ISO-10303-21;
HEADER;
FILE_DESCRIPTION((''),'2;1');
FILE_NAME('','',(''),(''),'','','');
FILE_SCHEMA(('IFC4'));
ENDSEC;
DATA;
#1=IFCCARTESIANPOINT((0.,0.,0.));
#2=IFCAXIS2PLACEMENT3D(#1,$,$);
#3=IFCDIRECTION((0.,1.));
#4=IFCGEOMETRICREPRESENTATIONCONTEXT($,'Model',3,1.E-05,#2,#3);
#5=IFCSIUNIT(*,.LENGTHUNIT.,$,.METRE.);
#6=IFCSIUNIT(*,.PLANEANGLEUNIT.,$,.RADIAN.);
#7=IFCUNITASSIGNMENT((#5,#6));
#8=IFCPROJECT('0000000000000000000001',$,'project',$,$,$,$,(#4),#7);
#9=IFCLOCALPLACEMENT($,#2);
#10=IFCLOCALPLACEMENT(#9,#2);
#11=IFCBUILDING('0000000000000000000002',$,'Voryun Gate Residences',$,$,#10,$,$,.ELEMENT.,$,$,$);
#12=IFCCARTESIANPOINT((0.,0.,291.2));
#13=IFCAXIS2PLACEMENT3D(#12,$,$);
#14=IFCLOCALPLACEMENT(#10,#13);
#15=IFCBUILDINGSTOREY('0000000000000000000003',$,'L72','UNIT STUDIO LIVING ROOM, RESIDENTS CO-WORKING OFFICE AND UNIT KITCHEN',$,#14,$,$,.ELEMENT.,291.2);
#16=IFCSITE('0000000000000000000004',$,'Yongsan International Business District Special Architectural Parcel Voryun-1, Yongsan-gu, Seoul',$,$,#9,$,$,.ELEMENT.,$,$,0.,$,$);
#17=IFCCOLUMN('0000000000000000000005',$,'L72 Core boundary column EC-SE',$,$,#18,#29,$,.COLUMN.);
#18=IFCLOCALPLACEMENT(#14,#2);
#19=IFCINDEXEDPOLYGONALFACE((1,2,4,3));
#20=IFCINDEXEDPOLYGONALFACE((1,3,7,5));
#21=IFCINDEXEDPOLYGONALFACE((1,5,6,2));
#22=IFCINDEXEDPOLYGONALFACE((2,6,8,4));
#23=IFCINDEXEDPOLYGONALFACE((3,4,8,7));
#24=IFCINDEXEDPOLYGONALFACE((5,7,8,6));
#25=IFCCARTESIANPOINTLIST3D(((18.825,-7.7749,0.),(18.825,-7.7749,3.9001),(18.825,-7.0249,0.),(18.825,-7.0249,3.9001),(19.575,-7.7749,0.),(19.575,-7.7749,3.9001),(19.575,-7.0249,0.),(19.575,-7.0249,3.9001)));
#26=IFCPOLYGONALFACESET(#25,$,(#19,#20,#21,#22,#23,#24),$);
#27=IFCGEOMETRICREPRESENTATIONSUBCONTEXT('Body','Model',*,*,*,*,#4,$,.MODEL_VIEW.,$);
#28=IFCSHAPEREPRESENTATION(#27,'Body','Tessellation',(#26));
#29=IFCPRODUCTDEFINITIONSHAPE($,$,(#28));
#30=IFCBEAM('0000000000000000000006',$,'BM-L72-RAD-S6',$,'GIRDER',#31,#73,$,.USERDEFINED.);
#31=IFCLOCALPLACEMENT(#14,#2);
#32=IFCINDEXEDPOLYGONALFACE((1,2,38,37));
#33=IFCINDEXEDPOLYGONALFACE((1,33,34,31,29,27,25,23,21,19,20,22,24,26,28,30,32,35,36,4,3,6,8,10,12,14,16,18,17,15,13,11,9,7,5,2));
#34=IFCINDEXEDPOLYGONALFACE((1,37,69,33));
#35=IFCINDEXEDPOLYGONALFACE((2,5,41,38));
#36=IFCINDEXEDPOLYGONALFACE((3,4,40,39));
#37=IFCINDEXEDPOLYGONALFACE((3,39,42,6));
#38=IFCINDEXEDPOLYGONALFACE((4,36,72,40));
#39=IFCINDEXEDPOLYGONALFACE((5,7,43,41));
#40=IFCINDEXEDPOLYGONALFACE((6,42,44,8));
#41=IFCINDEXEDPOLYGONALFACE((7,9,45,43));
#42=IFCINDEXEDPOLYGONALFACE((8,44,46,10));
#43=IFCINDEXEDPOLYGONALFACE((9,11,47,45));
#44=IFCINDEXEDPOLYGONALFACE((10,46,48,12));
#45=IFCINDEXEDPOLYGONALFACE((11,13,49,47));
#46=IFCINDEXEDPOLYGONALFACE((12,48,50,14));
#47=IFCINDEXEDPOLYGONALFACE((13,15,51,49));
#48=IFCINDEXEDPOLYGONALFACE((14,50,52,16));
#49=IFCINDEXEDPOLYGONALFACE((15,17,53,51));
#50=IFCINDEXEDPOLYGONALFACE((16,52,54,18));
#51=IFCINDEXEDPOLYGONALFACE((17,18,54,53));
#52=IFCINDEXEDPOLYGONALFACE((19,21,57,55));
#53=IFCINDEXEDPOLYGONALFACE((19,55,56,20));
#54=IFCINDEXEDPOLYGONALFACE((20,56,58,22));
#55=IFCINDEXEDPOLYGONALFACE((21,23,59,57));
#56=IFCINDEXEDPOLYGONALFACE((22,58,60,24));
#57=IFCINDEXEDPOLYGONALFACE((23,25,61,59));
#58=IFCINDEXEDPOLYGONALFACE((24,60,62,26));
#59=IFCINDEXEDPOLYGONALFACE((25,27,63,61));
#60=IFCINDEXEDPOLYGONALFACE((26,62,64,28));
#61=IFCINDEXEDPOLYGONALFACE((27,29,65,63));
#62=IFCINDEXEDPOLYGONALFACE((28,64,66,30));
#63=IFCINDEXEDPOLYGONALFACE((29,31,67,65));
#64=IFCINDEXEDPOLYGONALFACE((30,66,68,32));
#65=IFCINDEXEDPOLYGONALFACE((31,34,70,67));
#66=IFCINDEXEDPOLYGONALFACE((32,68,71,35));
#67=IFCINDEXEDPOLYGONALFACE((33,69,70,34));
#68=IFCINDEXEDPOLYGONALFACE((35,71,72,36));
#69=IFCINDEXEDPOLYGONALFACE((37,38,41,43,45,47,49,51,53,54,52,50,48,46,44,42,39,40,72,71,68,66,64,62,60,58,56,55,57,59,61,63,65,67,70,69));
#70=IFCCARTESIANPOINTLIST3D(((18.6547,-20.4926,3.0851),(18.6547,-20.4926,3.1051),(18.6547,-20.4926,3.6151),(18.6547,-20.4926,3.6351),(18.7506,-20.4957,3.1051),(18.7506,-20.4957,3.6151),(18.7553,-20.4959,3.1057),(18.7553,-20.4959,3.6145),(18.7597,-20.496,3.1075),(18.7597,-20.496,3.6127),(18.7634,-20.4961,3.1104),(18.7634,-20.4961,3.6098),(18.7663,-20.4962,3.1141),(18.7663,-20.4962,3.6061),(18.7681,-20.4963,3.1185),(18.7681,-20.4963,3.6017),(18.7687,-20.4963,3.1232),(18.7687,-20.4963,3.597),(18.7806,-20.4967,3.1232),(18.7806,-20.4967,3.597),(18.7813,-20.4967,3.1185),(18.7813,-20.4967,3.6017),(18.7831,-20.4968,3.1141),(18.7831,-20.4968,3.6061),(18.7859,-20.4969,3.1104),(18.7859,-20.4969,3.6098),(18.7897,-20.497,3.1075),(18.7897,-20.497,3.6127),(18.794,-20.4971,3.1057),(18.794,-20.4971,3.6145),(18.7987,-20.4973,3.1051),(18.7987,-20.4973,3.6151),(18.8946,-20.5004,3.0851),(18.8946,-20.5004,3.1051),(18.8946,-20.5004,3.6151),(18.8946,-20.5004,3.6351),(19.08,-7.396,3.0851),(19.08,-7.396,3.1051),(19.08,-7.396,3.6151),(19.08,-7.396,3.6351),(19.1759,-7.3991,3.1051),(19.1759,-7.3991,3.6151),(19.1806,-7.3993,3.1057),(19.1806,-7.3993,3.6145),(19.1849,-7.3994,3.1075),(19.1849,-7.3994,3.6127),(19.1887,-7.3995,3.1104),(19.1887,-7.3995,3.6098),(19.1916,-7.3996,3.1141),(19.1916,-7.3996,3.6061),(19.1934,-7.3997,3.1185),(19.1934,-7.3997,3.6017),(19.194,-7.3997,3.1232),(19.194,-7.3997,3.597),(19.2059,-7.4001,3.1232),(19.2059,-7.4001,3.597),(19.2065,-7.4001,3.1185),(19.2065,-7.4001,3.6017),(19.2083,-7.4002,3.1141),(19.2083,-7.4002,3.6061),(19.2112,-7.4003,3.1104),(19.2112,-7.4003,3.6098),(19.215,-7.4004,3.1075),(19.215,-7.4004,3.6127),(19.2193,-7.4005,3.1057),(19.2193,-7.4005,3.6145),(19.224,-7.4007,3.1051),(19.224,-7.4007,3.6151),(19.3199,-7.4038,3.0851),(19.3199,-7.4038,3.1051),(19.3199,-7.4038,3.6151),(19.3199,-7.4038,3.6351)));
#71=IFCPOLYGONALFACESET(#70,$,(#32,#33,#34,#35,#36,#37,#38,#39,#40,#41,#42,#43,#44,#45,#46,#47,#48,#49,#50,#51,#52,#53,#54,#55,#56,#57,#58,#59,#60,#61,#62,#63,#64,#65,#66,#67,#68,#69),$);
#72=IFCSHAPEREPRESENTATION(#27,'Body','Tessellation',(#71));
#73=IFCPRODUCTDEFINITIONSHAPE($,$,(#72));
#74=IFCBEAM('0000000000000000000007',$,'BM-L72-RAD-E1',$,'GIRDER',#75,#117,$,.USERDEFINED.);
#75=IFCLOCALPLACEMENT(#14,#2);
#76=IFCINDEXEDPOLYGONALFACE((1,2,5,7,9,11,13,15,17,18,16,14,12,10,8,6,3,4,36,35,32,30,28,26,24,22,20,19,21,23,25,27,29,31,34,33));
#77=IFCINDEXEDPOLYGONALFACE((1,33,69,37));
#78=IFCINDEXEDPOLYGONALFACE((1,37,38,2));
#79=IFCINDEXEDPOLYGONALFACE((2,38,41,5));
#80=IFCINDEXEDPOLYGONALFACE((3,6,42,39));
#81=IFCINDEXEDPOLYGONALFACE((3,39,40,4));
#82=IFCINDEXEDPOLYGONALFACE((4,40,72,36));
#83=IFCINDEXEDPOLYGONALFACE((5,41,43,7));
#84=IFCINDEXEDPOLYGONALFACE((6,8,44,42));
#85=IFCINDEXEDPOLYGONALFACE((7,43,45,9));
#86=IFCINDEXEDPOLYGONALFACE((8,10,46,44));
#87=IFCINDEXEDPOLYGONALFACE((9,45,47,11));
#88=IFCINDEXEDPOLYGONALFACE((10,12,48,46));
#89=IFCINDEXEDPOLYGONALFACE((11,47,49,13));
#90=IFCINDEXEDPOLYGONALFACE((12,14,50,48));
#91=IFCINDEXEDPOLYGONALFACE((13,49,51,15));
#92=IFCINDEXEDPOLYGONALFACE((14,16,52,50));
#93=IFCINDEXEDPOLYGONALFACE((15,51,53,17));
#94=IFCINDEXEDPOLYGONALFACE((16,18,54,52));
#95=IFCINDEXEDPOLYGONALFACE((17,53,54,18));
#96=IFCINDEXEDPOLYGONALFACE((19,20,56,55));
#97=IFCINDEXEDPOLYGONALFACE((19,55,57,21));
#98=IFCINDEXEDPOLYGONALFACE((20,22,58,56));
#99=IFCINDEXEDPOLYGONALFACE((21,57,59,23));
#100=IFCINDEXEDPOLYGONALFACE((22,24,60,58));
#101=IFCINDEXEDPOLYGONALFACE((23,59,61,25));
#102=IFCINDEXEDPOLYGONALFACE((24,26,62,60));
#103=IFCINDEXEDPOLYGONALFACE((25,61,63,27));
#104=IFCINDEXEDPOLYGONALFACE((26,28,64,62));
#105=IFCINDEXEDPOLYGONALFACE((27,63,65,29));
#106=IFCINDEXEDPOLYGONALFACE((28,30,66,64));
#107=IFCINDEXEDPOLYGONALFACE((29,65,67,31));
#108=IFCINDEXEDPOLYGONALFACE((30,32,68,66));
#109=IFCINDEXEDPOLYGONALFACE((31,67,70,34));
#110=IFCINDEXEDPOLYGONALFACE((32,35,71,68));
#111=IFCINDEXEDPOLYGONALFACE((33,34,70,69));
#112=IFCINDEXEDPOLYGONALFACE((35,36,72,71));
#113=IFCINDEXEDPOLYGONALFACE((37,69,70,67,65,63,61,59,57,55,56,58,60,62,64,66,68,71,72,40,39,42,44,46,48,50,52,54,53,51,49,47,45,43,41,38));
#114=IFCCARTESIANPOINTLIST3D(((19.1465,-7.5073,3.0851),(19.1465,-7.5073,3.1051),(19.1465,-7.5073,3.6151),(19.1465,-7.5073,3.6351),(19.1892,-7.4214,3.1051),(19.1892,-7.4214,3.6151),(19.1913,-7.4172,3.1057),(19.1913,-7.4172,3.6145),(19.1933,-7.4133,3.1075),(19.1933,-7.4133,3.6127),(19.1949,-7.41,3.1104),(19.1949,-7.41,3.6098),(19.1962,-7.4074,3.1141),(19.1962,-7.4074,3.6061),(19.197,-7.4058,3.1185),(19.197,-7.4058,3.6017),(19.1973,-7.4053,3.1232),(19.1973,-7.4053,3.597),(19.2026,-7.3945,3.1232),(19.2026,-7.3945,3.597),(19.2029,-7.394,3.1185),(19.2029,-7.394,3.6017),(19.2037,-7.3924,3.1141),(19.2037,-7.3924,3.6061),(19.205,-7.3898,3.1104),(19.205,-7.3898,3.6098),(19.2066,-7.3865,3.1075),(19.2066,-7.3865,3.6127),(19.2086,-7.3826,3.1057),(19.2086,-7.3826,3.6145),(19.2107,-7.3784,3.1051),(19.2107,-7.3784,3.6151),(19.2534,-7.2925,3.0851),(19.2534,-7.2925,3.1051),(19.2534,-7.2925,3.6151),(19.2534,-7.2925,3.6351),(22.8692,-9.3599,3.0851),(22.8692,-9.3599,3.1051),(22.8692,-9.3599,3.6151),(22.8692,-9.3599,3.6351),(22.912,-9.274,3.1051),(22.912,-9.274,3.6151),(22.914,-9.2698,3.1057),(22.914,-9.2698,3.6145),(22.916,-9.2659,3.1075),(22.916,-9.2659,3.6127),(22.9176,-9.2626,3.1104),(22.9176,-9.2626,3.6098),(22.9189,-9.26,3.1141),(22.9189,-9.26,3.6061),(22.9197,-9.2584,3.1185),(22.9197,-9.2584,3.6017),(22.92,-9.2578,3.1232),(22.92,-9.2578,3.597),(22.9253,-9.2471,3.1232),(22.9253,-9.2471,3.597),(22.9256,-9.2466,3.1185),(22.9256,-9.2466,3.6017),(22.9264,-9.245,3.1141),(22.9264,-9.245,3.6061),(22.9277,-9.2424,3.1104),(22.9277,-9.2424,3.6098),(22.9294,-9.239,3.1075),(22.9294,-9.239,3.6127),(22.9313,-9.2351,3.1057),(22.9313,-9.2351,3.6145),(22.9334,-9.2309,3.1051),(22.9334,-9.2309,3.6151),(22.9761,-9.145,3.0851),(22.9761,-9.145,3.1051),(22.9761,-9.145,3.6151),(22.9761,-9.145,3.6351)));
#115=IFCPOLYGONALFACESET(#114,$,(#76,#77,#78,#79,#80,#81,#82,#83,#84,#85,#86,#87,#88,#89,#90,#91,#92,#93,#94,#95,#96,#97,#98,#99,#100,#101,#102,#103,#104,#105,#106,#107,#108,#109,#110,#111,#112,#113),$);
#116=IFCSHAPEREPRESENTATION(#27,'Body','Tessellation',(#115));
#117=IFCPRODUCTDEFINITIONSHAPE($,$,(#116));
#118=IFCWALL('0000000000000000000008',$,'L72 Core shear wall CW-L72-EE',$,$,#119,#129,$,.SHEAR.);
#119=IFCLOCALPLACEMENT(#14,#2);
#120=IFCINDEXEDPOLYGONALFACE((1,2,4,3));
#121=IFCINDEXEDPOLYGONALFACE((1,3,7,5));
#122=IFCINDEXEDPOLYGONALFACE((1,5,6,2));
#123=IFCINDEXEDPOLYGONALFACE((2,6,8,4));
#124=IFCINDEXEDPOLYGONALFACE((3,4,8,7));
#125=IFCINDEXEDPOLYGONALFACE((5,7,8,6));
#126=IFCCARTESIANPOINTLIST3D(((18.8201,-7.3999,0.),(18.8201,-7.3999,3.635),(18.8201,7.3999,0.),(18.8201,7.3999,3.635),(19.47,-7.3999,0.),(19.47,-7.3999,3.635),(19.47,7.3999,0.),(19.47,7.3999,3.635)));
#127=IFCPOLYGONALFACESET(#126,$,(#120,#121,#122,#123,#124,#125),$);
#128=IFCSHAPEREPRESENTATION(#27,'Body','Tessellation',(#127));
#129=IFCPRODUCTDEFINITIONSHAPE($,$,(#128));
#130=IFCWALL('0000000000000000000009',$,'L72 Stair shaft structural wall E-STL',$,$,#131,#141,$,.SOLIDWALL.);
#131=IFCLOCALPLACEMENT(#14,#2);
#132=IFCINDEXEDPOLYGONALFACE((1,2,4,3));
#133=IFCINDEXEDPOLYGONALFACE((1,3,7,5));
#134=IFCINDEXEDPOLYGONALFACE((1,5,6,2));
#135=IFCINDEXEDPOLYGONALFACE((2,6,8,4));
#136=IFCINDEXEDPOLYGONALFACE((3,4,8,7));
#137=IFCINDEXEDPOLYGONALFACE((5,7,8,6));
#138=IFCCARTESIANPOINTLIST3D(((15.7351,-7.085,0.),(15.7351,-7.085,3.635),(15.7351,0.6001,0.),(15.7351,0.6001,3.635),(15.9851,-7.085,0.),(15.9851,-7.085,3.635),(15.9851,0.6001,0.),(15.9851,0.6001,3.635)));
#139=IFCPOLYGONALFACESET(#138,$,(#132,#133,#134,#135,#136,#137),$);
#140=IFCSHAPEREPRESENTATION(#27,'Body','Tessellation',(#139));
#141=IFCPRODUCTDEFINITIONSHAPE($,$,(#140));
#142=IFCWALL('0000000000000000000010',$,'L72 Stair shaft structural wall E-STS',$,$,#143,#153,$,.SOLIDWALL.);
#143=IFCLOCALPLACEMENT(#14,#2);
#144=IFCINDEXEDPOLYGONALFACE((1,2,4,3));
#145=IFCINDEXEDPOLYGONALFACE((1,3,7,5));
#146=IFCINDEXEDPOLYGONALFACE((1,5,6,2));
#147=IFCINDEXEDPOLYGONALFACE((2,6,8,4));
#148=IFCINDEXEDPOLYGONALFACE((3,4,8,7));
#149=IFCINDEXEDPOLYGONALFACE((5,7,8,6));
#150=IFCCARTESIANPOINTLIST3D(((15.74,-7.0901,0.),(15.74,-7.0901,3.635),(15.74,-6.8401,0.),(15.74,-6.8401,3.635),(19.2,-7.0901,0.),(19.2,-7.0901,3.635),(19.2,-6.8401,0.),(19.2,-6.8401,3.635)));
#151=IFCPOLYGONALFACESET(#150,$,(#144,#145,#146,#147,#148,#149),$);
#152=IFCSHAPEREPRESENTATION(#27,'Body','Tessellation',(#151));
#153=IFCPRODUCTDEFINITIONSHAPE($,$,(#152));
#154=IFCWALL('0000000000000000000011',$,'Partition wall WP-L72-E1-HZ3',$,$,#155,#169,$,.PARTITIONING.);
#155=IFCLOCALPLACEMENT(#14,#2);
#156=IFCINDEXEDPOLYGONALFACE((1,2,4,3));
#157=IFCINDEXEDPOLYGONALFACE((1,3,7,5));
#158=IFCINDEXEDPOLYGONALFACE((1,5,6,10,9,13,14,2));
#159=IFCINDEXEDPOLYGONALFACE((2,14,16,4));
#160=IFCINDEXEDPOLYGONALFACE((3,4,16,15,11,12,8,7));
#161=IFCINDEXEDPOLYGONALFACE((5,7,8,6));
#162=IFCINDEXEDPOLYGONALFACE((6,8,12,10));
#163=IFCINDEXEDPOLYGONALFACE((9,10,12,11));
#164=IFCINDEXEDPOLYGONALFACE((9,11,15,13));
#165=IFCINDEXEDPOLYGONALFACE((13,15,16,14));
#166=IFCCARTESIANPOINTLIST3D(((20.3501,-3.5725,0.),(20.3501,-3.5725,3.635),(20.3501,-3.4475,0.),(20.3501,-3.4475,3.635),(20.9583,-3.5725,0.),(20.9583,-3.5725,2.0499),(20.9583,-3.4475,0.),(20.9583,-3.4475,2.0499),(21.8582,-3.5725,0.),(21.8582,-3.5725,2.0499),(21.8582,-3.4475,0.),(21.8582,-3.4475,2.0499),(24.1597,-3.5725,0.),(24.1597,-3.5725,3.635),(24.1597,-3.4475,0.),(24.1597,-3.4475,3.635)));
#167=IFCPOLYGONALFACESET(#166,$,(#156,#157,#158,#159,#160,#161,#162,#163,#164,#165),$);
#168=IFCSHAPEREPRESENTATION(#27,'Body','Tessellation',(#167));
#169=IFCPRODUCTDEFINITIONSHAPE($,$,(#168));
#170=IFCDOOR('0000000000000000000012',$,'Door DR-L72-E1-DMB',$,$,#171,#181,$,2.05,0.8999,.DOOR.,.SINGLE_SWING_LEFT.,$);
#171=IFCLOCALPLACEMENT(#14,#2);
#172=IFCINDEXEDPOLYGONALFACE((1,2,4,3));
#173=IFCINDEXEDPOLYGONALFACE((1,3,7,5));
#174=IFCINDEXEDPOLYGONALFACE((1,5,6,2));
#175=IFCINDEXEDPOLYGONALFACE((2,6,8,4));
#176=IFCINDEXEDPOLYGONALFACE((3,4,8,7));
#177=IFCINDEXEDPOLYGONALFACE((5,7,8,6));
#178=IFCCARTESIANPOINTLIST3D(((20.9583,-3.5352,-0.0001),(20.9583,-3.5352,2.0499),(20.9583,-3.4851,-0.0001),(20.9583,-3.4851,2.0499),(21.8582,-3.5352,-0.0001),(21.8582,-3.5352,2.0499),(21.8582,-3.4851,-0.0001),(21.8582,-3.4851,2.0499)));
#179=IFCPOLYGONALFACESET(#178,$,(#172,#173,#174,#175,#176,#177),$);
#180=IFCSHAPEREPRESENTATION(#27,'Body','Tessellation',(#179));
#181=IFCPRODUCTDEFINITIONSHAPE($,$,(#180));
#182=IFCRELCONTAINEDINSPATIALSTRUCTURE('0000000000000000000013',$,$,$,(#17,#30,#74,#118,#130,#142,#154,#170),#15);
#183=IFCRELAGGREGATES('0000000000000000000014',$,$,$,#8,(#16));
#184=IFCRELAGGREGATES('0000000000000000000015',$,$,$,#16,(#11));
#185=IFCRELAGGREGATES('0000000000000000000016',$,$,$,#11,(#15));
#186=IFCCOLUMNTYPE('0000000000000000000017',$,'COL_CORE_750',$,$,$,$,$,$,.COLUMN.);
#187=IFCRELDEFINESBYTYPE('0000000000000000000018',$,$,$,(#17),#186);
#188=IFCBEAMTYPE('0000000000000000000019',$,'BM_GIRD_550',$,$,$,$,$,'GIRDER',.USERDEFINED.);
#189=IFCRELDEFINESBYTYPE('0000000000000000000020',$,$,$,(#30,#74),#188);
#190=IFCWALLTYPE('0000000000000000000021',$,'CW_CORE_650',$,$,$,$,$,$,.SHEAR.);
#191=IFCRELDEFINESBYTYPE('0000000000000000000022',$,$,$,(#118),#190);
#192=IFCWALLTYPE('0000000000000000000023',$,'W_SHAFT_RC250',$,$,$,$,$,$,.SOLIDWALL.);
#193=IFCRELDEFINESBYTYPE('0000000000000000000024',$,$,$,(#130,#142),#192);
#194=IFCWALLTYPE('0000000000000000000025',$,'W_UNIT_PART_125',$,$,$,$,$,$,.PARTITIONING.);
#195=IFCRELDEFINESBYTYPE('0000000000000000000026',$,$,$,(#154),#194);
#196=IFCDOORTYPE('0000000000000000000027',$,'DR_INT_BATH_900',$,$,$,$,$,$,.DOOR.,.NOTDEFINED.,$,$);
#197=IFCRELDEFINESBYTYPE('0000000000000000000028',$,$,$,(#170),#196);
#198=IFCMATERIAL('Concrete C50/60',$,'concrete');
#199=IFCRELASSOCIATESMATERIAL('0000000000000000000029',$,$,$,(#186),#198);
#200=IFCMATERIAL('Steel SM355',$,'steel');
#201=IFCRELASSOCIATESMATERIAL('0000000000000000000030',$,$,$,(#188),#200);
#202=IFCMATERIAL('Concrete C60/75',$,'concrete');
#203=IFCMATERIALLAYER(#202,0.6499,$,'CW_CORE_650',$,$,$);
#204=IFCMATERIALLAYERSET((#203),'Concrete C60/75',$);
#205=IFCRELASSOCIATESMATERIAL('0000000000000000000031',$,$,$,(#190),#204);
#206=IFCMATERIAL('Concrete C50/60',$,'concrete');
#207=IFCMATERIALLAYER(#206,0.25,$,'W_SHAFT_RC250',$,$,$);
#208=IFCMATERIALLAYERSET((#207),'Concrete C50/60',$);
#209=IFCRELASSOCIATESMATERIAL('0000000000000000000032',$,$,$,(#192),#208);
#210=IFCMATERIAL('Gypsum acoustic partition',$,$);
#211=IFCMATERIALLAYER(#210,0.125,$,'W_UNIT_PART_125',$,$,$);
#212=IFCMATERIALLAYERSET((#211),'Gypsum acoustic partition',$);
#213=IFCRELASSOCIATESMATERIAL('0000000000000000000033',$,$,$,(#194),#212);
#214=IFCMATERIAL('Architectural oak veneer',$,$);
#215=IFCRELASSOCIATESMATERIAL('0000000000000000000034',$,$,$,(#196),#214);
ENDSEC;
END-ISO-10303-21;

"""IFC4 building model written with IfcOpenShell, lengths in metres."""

from ifc_helpers import new_model, si_unit, direction, frame, frame_2d, origin, origin_2d, place, context, subcontext, project, spatial, rectangle, i_section, extrude, material, layer, layer_set, material_profile, profile_set, type_object, element, fill, save


model = new_model("IFC4")

# Units and contexts
model_context = context("Model", 3, precision=1e-05, world=origin(), true_north=direction((0.0, 1.0)))
body_context = subcontext(model_context, "Body", "Model", "MODEL_VIEW")
ifc_project = project(units=[si_unit("LENGTHUNIT", "METRE"), si_unit("PLANEANGLEUNIT", "RADIAN")], contexts=[model_context])

# Site, building, storey
site_placement = place(None, origin())
site = spatial("IfcSite", under=ifc_project, at=site_placement, Name="Yongsan International Business District Special Architectural Parcel Voryun-1, Yongsan-gu, Seoul", CompositionType="ELEMENT", RefElevation=0.0)
building_placement = place(site_placement, origin())
building = spatial("IfcBuilding", under=site, at=building_placement, Name="Voryun Gate Residences", CompositionType="ELEMENT")
storey_placement = place(building_placement, frame((0.0, 0.0, 291.2)))
storey = spatial("IfcBuildingStorey", under=building, at=storey_placement, Name="L72", Description="UNIT STUDIO LIVING ROOM, RESIDENTS CO-WORKING OFFICE AND UNIT KITCHEN", CompositionType="ELEMENT", Elevation=291.2)

# Column
ifc_material_1 = material(Name="Concrete C50/60", Category="concrete")
ifc_material_profile_1 = material_profile(ifc_material_1, rectangle(XDim=0.75, YDim=0.75, at=origin_2d()), Name="RC-750x750")
ifc_profile_set_1 = profile_set([ifc_material_profile_1], Name="Concrete C50/60")
column_type = type_object("IfcColumnType", Name="COL_CORE_750", PredefinedType="COLUMN", material=ifc_profile_set_1)
column_placement = place(storey_placement, frame((19.2, -7.3999, 0.0), z_axis=(0.0, 0.0, 1.0), x_axis=(1.0, 0.0, 0.0)))
element("IfcColumn", 1, at=column_placement, inside=storey, type_object=column_type, Name="L72 Core boundary column EC-SE", PredefinedType="COLUMN", context=body_context, shape_type="SweptSolid", body=[
    extrude(rectangle(XDim=0.75, YDim=0.75, at=origin_2d()), origin(), (0.0, 0.0, 1.0), 3.9001),
])

# Beams
ifc_material_2 = material(Name="Steel SM355", Category="steel")
ifc_material_profile_2 = material_profile(ifc_material_2, i_section(OverallWidth=0.24, OverallDepth=0.55, WebThickness=0.012, FlangeThickness=0.02, FilletRadius=0.0181, at=origin_2d()), Name="H-550x240x12x20")
ifc_profile_set_2 = profile_set([ifc_material_profile_2], Name="Steel SM355")
beam_type = type_object("IfcBeamType", Name="BM_GIRD_550", ElementType="GIRDER", PredefinedType="USERDEFINED", material=ifc_profile_set_2)
beam_1_placement = place(storey_placement, frame((19.2, -7.3999, 3.3601), z_axis=(-0.032456, -0.999473, 0.0), x_axis=(0.999473, -0.032456, 0.0)))
element("IfcBeam", 2, at=beam_1_placement, inside=storey, type_object=beam_type, Name="BM-L72-RAD-S6", ObjectType="GIRDER", PredefinedType="USERDEFINED", context=body_context, shape_type="SweptSolid", body=[
    extrude(i_section(OverallWidth=0.24, OverallDepth=0.55, WebThickness=0.012, FlangeThickness=0.02, FilletRadius=0.0181, at=origin_2d()), origin(), (0.0, 0.0, 1.0), 13.1035),
])
beam_2_placement = place(storey_placement, frame((19.2, -7.3999, 3.3601), z_axis=(0.895271, -0.445522, 0.0), x_axis=(0.445522, 0.895271, 0.0)))
element("IfcBeam", 3, at=beam_2_placement, inside=storey, type_object=beam_type, Name="BM-L72-RAD-E1", ObjectType="GIRDER", PredefinedType="USERDEFINED", context=body_context, shape_type="SweptSolid", body=[
    extrude(i_section(OverallWidth=0.24, OverallDepth=0.55, WebThickness=0.012, FlangeThickness=0.02, FilletRadius=0.0181, at=origin_2d()), origin(), (0.0, 0.0, 1.0), 4.1582),
])

# Walls
ifc_material_3 = material(Name="Concrete C60/75", Category="concrete")
ifc_layer_1 = layer(ifc_material_3, 0.6499, Name="CW_CORE_650")
ifc_layer_set_1 = layer_set([ifc_layer_1], Name="Concrete C60/75")
wall_type_1 = type_object("IfcWallType", Name="CW_CORE_650", PredefinedType="SHEAR", material=ifc_layer_set_1)
wall_1_placement = place(storey_placement, frame((19.145, -7.3999, 0.0), z_axis=(0.0, 0.0, 1.0), x_axis=(0.0, 1.0, 0.0)))
element("IfcWall", 4, at=wall_1_placement, inside=storey, type_object=wall_type_1, Name="L72 Core shear wall CW-L72-EE", PredefinedType="SHEAR", context=body_context, shape_type="SweptSolid", body=[
    extrude(rectangle(XDim=14.7998, YDim=0.6499, at=frame_2d((7.3999, 0.0))), origin(), (0.0, 0.0, 1.0), 3.635),
])
ifc_material_4 = material(Name="Concrete C50/60", Category="concrete")
ifc_layer_2 = layer(ifc_material_4, 0.25, Name="W_SHAFT_RC250")
ifc_layer_set_2 = layer_set([ifc_layer_2], Name="Concrete C50/60")
wall_type_2 = type_object("IfcWallType", Name="W_SHAFT_RC250", PredefinedType="SOLIDWALL", material=ifc_layer_set_2)
wall_2_placement = place(storey_placement, frame((15.8601, -7.085, 0.0), z_axis=(0.0, 0.0, 1.0), x_axis=(0.0, 1.0, 0.0)))
element("IfcWall", 5, at=wall_2_placement, inside=storey, type_object=wall_type_2, Name="L72 Stair shaft structural wall E-STL", PredefinedType="SOLIDWALL", context=body_context, shape_type="SweptSolid", body=[
    extrude(rectangle(XDim=7.6851, YDim=0.25, at=frame_2d((3.8425, 0.0))), origin(), (0.0, 0.0, 1.0), 3.635),
])
wall_3_placement = place(storey_placement, frame((15.74, -6.9651, 0.0), z_axis=(0.0, 0.0, 1.0), x_axis=(1.0, 0.0, 0.0)))
element("IfcWall", 6, at=wall_3_placement, inside=storey, type_object=wall_type_2, Name="L72 Stair shaft structural wall E-STS", PredefinedType="SOLIDWALL", context=body_context, shape_type="SweptSolid", body=[
    extrude(rectangle(XDim=3.46, YDim=0.25, at=frame_2d((1.73, 0.0))), origin(), (0.0, 0.0, 1.0), 3.635),
])

# Wall, opening, door
ifc_material_5 = material(Name="Gypsum acoustic partition")
ifc_layer_3 = layer(ifc_material_5, 0.125, Name="W_UNIT_PART_125")
ifc_layer_set_3 = layer_set([ifc_layer_3], Name="Gypsum acoustic partition")
wall_type_3 = type_object("IfcWallType", Name="W_UNIT_PART_125", PredefinedType="PARTITIONING", material=ifc_layer_set_3)
wall_4_placement = place(storey_placement, frame((20.3501, -3.51, 0.0), z_axis=(0.0, 0.0, 1.0), x_axis=(1.0, 0.0, 0.0)))
wall_4 = element("IfcWall", 7, at=wall_4_placement, inside=storey, type_object=wall_type_3, Name="Partition wall WP-L72-E1-HZ3", PredefinedType="PARTITIONING", context=body_context, shape_type="SweptSolid", body=[
    extrude(rectangle(XDim=3.8096, YDim=0.125, at=frame_2d((1.9048, 0.0))), origin(), (0.0, 0.0, 1.0), 3.635),
])
opening_1_placement = place(wall_4_placement, frame((0.6082, 0.0, 0.0)))
opening_1 = element("IfcOpeningElement", 8, at=opening_1_placement, cuts=wall_4, PredefinedType="OPENING", context=body_context, shape_type="SweptSolid", body=[
    extrude(rectangle(XDim=0.8999, YDim=2.05, at=frame_2d((0.45, 1.0249))), frame((0.0, 0.0725, 0.0), z_axis=(0.0, -1.0, 0.0), x_axis=(1.0, 0.0, 0.0)), (0.0, 0.0, 1.0), 0.145),
])
ifc_material_6 = material(Name="Architectural oak veneer")
door_type = type_object("IfcDoorType", Name="DR_INT_BATH_900", OperationType="NOTDEFINED", PredefinedType="DOOR", material=ifc_material_6)
door_1_placement = place(opening_1_placement, origin())
door_1 = element("IfcDoor", 9, at=door_1_placement, inside=storey, type_object=door_type, Name="Door DR-L72-E1-DMB", OperationType="SINGLE_SWING_LEFT", OverallHeight=2.05, OverallWidth=0.8999, PredefinedType="DOOR", context=body_context, shape_type="SweptSolid", body=[
    extrude(rectangle(XDim=0.8999, YDim=2.05, at=frame_2d((0.45, 1.0249))), frame((0.0, 0.0249, 0.0), z_axis=(0.0, -1.0, 0.0), x_axis=(1.0, 0.0, 0.0)), (0.0, 0.0, 1.0), 0.05),
])
fill(opening_1, door_1)

save(model, "model.ifc")
